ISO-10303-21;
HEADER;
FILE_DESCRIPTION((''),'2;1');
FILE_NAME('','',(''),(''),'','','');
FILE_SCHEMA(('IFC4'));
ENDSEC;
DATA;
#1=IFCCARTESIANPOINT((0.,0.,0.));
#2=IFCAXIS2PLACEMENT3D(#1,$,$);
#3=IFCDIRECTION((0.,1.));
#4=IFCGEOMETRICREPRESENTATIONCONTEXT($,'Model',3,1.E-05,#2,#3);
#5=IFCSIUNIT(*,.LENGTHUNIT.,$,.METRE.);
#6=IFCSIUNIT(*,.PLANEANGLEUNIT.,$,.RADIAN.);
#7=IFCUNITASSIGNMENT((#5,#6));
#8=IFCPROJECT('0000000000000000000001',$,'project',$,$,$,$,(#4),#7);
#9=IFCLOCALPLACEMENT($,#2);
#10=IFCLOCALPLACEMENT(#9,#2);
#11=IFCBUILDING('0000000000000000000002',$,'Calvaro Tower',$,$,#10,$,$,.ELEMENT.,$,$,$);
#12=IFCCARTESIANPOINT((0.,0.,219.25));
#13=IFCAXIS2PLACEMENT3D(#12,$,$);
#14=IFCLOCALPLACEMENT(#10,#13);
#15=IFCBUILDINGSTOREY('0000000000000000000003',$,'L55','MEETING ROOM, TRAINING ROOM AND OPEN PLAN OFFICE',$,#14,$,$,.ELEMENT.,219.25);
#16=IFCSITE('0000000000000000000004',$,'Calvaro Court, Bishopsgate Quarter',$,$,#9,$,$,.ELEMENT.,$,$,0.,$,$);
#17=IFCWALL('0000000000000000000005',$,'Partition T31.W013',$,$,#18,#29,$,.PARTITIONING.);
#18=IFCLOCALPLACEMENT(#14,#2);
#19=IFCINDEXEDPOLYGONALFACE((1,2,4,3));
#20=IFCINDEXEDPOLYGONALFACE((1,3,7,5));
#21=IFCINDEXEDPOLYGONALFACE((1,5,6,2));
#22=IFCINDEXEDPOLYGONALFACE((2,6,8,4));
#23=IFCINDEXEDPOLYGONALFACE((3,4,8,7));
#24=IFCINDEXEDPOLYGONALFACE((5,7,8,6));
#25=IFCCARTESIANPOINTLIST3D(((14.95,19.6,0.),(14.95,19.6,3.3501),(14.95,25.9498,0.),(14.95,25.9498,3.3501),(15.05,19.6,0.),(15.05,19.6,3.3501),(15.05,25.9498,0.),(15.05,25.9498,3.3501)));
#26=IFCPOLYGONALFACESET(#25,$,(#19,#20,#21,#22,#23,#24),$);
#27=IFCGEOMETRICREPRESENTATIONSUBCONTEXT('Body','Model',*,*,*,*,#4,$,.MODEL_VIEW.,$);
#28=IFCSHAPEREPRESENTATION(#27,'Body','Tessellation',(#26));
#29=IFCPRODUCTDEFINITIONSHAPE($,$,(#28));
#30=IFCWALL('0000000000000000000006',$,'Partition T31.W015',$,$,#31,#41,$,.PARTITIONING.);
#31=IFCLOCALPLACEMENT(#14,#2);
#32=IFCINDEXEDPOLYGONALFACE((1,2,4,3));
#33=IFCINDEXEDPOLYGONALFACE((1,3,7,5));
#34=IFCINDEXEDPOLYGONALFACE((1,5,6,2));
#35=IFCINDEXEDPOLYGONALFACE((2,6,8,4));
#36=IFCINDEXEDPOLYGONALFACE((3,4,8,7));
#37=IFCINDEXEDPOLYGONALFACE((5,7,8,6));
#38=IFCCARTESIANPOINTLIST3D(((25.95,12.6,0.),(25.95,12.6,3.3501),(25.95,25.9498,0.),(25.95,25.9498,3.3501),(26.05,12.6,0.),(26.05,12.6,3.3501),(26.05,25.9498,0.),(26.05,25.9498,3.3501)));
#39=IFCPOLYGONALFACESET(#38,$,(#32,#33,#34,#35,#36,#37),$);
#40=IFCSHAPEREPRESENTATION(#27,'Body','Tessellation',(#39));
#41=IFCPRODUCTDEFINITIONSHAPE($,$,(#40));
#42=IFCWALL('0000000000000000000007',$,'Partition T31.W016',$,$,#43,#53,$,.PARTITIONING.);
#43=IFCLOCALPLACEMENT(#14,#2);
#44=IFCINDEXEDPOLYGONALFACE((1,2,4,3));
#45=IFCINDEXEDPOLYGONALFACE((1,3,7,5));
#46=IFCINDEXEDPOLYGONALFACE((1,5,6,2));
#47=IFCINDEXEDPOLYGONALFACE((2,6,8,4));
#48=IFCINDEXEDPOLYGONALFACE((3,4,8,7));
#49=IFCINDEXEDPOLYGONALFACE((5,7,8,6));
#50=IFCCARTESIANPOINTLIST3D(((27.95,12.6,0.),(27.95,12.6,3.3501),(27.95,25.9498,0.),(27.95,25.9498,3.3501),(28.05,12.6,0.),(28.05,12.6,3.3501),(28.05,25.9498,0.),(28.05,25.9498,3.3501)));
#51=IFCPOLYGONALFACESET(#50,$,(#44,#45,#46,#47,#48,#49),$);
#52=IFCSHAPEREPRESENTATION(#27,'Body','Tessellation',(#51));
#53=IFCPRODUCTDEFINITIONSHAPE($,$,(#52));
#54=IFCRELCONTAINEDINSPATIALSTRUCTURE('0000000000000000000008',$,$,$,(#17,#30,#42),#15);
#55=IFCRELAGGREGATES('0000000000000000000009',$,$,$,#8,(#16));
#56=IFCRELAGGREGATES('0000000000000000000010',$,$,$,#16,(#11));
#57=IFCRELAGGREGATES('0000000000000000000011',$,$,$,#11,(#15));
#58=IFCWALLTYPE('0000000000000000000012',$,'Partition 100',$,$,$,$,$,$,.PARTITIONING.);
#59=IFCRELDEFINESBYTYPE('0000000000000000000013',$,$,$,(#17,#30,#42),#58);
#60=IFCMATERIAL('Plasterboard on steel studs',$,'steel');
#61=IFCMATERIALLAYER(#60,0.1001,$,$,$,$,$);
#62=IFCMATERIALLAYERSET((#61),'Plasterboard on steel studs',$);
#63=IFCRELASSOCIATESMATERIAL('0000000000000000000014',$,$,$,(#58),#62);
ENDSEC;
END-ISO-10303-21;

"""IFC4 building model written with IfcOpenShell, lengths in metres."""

from ifc_helpers import new_model, si_unit, direction, frame, frame_2d, origin, place, context, subcontext, project, spatial, rectangle, extrude, material, layer, layer_set, type_object, element, save


model = new_model("IFC4")

# Units and contexts
model_context = context("Model", 3, precision=1e-05, world=origin(), true_north=direction((0.0, 1.0)))
body_context = subcontext(model_context, "Body", "Model", "MODEL_VIEW")
ifc_project = project(units=[si_unit("LENGTHUNIT", "METRE"), si_unit("PLANEANGLEUNIT", "RADIAN")], contexts=[model_context])

# Site, building, storey
site_placement = place(None, origin())
site = spatial("IfcSite", under=ifc_project, at=site_placement, Name="Calvaro Court, Bishopsgate Quarter", CompositionType="ELEMENT", RefElevation=0.0)
building_placement = place(site_placement, origin())
building = spatial("IfcBuilding", under=site, at=building_placement, Name="Calvaro Tower", CompositionType="ELEMENT")
storey_placement = place(building_placement, frame((0.0, 0.0, 219.25)))
storey = spatial("IfcBuildingStorey", under=building, at=storey_placement, Name="L55", Description="MEETING ROOM, TRAINING ROOM AND OPEN PLAN OFFICE", CompositionType="ELEMENT", Elevation=219.25)

# Shared definitions
ifc_material_1 = material(Name="Plasterboard on steel studs", Category="steel")
ifc_layer_1 = layer(ifc_material_1, 0.1001)
ifc_layer_set_1 = layer_set([ifc_layer_1], Name="Plasterboard on steel studs")
wall_type_1 = type_object("IfcWallType", Name="Partition 100", PredefinedType="PARTITIONING", material=ifc_layer_set_1)

# Walls
wall_1_placement = place(storey_placement, frame((15.0, 19.6001, 0.0), z_axis=(0.0, 0.0, 1.0), x_axis=(0.0, 1.0, 0.0)))
element("IfcWall", 1, at=wall_1_placement, inside=storey, type_object=wall_type_1, Name="Partition T31.W013", PredefinedType="PARTITIONING", context=body_context, shape_type="SweptSolid", body=[
    extrude(rectangle(XDim=6.3499, YDim=0.1001, at=frame_2d((3.1748, 0.0))), origin(), (0.0, 0.0, 1.0), 3.3501),
])
for number, where, z_axis, x_axis, name in (
    (2, (26.0, 12.6001, 0.0), (0.0, 0.0, 1.0), (0.0, 1.0, 0.0), "Partition T31.W015"),
    (3, (28.0, 12.6001, 0.0), (0.0, 0.0, 1.0), (0.0, 1.0, 0.0), "Partition T31.W016"),
):
    element("IfcWall", number, at=place(storey_placement, frame(where, z_axis=z_axis, x_axis=x_axis)), inside=storey, type_object=wall_type_1, Name=name, PredefinedType="PARTITIONING", context=body_context, shape_type="SweptSolid", body=[
        extrude(rectangle(XDim=13.3499, YDim=0.1001, at=frame_2d((6.6748, 0.0))), origin(), (0.0, 0.0, 1.0), 3.3501),
    ])

save(model, "model.ifc")
